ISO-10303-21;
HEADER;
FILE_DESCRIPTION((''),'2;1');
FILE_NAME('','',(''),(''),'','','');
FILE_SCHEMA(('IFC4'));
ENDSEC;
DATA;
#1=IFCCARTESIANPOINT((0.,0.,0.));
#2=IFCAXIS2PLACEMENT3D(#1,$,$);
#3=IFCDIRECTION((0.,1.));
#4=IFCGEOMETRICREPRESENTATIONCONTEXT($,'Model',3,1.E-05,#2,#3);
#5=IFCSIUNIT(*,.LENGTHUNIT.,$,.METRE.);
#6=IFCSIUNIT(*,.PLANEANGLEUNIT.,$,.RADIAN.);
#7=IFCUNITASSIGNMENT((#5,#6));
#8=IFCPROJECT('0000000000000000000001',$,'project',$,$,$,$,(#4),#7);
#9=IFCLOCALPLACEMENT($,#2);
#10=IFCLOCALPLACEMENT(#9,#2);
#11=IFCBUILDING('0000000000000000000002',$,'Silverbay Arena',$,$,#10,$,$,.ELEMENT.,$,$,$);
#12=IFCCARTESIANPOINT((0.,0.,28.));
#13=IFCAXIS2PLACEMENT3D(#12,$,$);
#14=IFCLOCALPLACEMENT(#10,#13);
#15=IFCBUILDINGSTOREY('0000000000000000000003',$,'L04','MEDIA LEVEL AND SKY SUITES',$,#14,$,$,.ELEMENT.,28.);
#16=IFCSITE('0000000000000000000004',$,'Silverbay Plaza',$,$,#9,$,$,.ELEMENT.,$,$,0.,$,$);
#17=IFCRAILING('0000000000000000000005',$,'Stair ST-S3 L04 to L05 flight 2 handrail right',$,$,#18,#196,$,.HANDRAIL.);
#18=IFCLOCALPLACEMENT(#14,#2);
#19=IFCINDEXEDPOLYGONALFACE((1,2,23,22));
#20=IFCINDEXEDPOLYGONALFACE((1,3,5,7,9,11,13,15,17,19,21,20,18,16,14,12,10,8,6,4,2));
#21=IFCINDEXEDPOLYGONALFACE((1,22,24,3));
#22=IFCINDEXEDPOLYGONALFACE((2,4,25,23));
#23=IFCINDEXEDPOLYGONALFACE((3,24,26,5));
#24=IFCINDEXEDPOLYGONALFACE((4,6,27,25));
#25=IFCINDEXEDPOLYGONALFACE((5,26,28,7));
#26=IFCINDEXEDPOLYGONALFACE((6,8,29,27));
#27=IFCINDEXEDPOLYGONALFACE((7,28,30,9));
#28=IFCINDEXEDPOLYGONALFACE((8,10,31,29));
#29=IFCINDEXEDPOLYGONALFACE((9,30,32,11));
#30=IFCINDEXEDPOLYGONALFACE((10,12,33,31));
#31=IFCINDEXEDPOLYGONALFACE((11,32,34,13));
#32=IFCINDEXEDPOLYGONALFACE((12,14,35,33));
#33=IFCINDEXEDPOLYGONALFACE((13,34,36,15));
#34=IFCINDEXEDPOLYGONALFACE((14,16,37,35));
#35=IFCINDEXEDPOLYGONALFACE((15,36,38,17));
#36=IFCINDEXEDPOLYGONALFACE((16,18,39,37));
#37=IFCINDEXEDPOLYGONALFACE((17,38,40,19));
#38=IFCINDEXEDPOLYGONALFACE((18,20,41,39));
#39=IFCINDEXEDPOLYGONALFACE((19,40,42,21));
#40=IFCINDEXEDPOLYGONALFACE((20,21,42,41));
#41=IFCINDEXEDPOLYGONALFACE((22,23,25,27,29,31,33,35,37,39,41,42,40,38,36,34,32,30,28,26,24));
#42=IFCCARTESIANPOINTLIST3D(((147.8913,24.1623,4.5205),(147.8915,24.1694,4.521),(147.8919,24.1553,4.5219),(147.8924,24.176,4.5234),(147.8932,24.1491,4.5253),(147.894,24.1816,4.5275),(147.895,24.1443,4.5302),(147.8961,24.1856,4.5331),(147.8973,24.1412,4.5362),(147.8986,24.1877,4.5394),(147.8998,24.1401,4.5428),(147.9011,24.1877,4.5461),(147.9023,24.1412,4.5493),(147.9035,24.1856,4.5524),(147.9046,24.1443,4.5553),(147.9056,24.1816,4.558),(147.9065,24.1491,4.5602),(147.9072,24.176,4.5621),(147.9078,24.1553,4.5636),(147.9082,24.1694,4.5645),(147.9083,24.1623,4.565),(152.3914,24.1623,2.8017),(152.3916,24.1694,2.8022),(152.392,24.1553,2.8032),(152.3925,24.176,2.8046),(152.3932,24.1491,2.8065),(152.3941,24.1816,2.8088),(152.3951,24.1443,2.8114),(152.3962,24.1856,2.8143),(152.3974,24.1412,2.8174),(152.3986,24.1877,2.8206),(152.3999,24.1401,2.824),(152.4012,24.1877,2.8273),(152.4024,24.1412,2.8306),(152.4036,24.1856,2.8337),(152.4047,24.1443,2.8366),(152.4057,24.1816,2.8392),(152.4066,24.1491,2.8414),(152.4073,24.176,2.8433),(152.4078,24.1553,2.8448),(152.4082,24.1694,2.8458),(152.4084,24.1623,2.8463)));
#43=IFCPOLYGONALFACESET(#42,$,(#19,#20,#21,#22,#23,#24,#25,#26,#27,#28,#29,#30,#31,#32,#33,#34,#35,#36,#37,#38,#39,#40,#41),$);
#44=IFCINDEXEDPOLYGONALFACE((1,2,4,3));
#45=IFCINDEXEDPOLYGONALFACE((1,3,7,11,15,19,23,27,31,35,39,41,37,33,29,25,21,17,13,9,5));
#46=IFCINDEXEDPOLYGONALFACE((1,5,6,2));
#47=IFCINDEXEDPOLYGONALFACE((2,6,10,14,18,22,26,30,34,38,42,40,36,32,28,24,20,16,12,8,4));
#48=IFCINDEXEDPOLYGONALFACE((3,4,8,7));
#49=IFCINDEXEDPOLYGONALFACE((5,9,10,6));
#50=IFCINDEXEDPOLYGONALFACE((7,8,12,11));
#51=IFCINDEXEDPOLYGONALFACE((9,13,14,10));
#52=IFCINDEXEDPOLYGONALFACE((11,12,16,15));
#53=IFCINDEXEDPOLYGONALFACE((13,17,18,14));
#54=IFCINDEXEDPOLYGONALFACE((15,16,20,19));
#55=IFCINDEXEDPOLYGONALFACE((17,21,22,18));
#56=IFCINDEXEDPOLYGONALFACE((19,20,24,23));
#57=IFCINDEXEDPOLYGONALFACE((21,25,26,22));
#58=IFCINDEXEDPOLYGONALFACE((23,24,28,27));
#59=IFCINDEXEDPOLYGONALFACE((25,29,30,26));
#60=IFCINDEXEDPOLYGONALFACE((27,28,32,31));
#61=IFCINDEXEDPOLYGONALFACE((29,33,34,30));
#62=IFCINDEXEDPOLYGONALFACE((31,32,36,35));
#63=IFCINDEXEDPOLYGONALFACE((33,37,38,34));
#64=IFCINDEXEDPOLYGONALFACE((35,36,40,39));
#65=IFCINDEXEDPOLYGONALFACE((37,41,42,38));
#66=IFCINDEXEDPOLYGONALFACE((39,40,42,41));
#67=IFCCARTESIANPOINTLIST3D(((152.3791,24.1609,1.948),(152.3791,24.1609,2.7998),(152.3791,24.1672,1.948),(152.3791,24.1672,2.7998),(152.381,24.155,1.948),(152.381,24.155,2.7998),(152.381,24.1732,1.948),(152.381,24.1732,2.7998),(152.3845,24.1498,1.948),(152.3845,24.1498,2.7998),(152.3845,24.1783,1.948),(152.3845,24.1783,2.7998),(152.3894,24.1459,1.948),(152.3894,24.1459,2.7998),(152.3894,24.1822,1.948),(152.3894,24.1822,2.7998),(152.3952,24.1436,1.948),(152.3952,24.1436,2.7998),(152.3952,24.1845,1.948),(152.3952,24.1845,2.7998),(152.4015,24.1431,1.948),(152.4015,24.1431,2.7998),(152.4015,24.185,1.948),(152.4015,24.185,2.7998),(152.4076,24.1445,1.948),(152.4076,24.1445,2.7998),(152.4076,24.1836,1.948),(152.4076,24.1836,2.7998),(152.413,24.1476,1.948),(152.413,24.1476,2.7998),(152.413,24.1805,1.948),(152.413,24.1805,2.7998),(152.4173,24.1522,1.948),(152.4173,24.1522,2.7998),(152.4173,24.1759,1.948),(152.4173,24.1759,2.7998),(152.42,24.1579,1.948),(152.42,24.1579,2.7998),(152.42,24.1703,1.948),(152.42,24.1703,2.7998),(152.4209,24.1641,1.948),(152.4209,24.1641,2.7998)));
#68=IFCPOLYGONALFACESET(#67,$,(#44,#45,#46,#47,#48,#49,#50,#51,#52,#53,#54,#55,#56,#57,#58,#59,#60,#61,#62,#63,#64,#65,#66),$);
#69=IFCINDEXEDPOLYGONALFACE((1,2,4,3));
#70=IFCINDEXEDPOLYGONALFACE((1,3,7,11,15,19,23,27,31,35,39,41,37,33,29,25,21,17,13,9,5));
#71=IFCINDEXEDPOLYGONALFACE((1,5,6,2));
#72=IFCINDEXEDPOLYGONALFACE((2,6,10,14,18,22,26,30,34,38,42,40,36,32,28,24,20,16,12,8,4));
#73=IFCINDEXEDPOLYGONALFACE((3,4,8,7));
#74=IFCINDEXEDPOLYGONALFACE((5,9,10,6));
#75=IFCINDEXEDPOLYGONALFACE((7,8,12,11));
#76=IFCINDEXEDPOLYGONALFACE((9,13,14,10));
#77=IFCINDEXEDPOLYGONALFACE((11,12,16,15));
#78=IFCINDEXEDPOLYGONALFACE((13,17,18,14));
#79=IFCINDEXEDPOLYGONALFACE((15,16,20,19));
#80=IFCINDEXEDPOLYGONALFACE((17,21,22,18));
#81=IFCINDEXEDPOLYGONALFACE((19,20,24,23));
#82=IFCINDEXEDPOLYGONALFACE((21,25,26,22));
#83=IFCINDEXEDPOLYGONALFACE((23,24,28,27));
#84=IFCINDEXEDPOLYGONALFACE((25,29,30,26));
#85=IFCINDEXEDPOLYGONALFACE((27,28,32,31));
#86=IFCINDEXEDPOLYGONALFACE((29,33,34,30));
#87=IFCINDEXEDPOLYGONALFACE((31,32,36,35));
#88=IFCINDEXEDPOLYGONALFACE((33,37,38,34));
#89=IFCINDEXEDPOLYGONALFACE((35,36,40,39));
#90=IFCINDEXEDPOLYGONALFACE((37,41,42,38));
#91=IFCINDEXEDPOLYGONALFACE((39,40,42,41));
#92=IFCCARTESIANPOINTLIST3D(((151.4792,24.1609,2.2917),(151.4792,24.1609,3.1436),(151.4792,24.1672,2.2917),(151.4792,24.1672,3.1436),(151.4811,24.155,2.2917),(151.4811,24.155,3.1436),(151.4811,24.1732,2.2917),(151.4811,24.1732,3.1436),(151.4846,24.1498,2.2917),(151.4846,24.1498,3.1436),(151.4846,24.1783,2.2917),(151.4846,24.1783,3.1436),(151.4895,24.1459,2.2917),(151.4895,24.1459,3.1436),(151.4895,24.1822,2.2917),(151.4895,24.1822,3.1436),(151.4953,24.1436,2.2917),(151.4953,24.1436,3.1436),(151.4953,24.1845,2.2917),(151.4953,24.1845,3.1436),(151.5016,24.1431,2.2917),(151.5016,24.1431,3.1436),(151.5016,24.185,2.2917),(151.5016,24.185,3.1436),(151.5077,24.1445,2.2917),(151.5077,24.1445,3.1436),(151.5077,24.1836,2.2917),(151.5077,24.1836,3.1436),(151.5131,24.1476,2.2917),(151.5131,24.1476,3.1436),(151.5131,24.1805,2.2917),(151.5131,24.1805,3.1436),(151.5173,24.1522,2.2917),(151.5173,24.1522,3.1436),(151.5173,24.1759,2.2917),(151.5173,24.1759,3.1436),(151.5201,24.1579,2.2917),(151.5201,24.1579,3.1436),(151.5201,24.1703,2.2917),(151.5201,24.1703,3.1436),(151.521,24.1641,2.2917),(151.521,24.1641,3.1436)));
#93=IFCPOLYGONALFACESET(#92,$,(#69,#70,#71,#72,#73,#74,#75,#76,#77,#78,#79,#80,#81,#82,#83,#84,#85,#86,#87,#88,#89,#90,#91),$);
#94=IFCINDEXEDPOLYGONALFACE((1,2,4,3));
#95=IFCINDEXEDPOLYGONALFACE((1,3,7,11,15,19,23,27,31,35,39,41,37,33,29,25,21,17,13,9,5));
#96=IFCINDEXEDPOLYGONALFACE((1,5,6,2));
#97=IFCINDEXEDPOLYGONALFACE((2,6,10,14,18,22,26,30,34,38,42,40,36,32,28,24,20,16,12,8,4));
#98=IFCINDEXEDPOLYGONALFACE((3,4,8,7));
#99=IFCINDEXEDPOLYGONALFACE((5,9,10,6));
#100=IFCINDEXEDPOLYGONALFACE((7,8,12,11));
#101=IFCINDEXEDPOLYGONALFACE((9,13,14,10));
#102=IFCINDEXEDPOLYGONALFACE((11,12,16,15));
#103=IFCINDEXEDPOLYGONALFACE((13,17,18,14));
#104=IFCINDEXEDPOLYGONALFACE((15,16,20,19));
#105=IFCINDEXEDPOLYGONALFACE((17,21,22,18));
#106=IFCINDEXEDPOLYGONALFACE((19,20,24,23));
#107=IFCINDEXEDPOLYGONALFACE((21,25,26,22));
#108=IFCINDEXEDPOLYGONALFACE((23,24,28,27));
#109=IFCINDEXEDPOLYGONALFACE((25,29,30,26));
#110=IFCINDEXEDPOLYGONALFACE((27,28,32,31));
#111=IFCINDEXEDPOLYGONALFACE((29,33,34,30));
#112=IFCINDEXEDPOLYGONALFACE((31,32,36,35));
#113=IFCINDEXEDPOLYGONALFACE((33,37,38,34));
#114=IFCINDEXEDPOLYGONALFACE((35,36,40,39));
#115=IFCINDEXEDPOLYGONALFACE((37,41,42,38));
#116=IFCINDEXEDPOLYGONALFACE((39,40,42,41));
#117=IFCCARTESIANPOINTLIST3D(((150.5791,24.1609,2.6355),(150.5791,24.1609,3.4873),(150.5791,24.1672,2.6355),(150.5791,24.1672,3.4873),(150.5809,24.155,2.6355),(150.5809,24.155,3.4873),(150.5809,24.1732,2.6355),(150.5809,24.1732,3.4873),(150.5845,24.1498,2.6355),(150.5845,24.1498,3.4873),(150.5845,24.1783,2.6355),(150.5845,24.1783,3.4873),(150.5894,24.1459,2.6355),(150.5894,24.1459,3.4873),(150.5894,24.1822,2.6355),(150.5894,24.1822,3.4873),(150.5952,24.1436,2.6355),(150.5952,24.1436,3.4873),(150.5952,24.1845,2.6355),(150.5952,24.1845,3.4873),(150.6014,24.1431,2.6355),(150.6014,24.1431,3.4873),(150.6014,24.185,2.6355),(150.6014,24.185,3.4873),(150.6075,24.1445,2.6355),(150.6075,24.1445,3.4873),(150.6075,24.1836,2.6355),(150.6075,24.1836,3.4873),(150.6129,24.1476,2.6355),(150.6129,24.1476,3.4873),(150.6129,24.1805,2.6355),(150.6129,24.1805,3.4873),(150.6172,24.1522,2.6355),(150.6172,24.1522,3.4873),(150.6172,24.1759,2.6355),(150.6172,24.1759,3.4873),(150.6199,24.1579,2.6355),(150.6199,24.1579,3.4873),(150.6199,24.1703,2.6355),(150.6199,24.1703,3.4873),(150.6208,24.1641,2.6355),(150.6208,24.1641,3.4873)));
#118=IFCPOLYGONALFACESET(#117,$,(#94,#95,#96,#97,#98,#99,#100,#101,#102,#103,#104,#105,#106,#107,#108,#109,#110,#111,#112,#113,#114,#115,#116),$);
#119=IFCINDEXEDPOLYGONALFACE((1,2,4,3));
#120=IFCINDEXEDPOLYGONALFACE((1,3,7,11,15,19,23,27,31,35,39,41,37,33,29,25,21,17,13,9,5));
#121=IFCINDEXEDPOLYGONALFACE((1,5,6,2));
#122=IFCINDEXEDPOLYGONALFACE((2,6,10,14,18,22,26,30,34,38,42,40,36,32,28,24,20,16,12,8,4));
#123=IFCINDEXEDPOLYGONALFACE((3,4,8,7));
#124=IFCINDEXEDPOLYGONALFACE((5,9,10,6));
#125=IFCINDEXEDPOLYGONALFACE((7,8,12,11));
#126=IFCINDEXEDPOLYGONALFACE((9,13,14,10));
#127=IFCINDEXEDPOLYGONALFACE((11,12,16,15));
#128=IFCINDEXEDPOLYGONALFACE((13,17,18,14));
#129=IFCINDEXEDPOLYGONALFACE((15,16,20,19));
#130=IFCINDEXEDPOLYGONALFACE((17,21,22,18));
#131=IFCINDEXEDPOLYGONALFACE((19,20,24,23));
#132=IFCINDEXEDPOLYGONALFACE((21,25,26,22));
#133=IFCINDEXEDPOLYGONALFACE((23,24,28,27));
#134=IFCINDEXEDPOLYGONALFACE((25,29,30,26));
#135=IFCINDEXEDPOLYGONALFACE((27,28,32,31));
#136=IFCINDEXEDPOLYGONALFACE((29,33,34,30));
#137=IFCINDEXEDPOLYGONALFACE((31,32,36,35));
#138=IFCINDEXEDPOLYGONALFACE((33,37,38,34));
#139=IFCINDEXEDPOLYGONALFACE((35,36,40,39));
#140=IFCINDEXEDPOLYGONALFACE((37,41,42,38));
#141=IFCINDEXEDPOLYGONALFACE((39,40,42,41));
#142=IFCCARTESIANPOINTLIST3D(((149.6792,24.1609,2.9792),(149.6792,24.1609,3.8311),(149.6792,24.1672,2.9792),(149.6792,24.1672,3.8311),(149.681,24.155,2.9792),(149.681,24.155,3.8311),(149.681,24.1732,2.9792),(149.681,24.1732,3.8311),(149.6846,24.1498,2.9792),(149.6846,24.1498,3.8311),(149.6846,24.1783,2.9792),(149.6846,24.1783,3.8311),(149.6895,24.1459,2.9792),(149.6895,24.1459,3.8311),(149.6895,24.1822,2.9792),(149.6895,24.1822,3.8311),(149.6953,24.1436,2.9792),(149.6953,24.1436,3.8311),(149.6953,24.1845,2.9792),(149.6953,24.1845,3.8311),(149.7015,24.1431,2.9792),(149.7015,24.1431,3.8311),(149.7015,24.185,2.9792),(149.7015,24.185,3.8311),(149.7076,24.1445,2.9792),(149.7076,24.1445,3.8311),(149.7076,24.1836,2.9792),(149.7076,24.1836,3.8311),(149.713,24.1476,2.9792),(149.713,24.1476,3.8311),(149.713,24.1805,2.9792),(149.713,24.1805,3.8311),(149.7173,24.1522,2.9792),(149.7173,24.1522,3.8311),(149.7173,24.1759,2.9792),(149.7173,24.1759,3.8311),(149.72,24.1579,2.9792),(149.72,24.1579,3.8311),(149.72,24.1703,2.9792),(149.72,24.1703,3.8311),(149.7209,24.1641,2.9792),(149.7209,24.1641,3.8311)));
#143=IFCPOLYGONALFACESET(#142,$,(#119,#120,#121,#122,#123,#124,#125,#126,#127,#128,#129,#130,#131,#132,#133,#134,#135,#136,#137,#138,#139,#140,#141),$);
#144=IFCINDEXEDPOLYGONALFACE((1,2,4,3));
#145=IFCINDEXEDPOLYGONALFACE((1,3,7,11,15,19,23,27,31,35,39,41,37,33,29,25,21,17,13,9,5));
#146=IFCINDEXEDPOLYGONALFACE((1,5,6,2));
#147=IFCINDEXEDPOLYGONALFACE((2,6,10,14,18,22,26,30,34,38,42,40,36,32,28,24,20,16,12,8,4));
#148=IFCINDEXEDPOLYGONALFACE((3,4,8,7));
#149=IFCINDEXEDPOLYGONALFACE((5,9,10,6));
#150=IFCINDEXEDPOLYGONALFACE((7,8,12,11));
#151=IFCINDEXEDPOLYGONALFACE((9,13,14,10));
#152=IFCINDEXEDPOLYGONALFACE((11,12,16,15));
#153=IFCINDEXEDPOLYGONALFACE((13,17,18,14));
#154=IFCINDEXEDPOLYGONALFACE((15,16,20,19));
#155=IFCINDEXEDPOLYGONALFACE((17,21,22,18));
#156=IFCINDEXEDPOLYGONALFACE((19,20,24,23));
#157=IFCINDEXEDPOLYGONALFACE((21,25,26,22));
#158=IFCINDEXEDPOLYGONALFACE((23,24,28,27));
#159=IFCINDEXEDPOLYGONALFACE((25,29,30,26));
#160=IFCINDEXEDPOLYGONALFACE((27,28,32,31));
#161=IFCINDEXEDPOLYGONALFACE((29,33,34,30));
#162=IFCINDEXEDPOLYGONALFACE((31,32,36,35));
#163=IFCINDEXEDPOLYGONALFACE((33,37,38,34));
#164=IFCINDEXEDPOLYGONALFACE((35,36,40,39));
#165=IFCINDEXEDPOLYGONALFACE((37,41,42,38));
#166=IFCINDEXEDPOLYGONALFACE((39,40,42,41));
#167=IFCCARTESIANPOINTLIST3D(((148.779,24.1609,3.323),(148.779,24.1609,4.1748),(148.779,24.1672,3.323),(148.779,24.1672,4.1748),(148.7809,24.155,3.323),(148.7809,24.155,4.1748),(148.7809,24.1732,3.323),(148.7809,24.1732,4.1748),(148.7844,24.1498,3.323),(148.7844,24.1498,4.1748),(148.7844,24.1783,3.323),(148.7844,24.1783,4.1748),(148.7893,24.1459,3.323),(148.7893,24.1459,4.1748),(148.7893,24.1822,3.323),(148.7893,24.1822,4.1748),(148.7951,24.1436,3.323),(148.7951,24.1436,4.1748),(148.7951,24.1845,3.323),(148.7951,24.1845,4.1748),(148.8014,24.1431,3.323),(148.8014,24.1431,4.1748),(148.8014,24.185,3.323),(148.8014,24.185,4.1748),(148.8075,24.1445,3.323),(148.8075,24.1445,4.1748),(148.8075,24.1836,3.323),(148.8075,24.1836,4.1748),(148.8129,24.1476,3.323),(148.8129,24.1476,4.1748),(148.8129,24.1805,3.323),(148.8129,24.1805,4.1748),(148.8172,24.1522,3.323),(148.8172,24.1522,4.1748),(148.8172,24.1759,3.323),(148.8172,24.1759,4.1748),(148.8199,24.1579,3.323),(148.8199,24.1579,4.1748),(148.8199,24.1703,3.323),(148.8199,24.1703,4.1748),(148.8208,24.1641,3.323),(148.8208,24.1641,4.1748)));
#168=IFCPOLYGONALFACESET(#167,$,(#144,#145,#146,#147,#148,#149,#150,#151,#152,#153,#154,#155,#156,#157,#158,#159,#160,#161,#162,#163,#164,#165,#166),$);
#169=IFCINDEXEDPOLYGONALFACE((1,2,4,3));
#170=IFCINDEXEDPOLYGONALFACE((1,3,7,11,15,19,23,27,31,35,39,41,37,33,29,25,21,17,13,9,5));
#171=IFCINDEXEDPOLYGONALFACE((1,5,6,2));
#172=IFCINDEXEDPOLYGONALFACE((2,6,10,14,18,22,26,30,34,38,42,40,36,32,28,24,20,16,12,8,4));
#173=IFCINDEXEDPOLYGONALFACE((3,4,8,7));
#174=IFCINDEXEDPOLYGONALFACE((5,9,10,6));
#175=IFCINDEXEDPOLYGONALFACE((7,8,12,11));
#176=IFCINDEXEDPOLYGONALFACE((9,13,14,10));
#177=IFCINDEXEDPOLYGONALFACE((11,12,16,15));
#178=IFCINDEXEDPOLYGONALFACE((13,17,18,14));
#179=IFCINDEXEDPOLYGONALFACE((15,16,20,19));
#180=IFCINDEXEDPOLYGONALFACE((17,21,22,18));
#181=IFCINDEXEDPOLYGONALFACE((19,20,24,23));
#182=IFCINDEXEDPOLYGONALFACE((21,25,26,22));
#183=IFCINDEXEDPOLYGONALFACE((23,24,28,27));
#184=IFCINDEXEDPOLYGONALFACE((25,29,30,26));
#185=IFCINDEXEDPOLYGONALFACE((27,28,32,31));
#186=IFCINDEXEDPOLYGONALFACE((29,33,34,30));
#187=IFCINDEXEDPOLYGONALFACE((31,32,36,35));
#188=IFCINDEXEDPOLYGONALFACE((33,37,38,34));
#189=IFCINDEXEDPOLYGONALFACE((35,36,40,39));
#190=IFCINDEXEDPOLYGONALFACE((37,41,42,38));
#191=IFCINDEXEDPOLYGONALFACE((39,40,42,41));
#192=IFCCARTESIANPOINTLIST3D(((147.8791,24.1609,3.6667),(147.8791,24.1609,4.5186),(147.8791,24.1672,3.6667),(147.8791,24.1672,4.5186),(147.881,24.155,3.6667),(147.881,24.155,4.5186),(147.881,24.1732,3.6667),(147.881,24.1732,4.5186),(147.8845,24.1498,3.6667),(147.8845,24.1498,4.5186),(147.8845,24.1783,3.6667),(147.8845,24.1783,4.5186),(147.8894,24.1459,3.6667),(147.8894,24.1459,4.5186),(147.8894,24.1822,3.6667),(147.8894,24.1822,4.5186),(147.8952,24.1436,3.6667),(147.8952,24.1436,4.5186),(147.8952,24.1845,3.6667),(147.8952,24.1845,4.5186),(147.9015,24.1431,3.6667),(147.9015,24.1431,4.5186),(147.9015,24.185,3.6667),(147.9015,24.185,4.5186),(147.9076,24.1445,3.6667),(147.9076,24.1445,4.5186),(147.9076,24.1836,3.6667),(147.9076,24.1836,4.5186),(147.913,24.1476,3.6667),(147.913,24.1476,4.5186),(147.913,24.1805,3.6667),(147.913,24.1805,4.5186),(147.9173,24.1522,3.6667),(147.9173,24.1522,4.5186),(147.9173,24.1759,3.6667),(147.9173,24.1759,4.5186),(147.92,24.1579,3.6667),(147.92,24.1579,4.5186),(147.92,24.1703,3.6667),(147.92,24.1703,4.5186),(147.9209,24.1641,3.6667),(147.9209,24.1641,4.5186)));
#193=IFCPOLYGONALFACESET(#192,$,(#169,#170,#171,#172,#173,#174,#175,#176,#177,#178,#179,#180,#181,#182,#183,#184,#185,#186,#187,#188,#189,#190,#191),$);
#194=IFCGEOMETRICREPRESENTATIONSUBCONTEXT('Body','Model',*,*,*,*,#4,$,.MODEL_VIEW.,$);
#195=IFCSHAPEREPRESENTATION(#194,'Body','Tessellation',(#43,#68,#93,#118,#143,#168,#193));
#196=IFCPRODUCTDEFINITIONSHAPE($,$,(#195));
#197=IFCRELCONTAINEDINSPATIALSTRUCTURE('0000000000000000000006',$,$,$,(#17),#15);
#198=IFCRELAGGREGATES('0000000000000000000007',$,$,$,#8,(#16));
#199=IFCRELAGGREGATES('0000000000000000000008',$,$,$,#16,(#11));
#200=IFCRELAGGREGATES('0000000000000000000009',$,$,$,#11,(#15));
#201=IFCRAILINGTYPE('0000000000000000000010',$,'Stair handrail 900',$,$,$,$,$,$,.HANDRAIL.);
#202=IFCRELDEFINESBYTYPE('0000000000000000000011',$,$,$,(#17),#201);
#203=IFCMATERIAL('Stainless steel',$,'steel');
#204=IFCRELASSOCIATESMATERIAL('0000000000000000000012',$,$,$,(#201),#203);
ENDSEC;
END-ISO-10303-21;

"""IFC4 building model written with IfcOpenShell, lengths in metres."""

from ifc_helpers import new_model, si_unit, direction, frame, origin, origin_2d, place, context, subcontext, project, spatial, circle, extrude, material, type_object, element, save


model = new_model("IFC4")

# Units and contexts
model_context = context("Model", 3, precision=1e-05, world=origin(), true_north=direction((0.0, 1.0)))
body_context = subcontext(model_context, "Body", "Model", "MODEL_VIEW")
ifc_project = project(units=[si_unit("LENGTHUNIT", "METRE"), si_unit("PLANEANGLEUNIT", "RADIAN")], contexts=[model_context])

# Site, building, storey
site_placement = place(None, origin())
site = spatial("IfcSite", under=ifc_project, at=site_placement, Name="Silverbay Plaza", CompositionType="ELEMENT", RefElevation=0.0)
building_placement = place(site_placement, origin())
building = spatial("IfcBuilding", under=site, at=building_placement, Name="Silverbay Arena", CompositionType="ELEMENT")
storey_placement = place(building_placement, frame((0.0, 0.0, 28.0)))
storey = spatial("IfcBuildingStorey", under=building, at=storey_placement, Name="L04", Description="MEDIA LEVEL AND SKY SUITES", CompositionType="ELEMENT", Elevation=28.0)

# Railing
ifc_material_1 = material(Name="Stainless steel", Category="steel")
railing_type_1 = type_object("IfcRailingType", Name="Stair handrail 900", PredefinedType="HANDRAIL", material=ifc_material_1)
for number, where, name in (
    (1, (152.3999, 24.1641, 1.948), "Stair ST-S3 L04 to L05 flight 2 handrail right"),
):
    element("IfcRailing", number, at=place(storey_placement, frame(where)), inside=storey, type_object=railing_type_1, Name=name, PredefinedType="HANDRAIL", context=body_context, shape_type="SweptSolid", body=[
        extrude(circle(Radius=0.0239, at=origin_2d()), frame((0.0, 0.0, 0.876), z_axis=(-0.934179, 0.0, 0.356805), x_axis=(0.0, -1.0, 0.0)), (0.0, 0.0, 1.0), 4.8171),
        extrude(circle(Radius=0.021, at=origin_2d()), origin(), (0.0, 0.0, 1.0), 0.8518),
        extrude(circle(Radius=0.021, at=origin_2d()), frame((-0.8999, 0.0, 0.3438)), (0.0, 0.0, 1.0), 0.8518),
        extrude(circle(Radius=0.021, at=origin_2d()), frame((-1.8, 0.0, 0.6875)), (0.0, 0.0, 1.0), 0.8518),
        extrude(circle(Radius=0.021, at=origin_2d()), frame((-2.7, 0.0, 1.0312)), (0.0, 0.0, 1.0), 0.8518),
        extrude(circle(Radius=0.021, at=origin_2d()), frame((-3.6001, 0.0, 1.375)), (0.0, 0.0, 1.0), 0.8518),
        extrude(circle(Radius=0.021, at=origin_2d()), frame((-4.5, 0.0, 1.7188)), (0.0, 0.0, 1.0), 0.8518),
    ])

save(model, "model.ifc")
